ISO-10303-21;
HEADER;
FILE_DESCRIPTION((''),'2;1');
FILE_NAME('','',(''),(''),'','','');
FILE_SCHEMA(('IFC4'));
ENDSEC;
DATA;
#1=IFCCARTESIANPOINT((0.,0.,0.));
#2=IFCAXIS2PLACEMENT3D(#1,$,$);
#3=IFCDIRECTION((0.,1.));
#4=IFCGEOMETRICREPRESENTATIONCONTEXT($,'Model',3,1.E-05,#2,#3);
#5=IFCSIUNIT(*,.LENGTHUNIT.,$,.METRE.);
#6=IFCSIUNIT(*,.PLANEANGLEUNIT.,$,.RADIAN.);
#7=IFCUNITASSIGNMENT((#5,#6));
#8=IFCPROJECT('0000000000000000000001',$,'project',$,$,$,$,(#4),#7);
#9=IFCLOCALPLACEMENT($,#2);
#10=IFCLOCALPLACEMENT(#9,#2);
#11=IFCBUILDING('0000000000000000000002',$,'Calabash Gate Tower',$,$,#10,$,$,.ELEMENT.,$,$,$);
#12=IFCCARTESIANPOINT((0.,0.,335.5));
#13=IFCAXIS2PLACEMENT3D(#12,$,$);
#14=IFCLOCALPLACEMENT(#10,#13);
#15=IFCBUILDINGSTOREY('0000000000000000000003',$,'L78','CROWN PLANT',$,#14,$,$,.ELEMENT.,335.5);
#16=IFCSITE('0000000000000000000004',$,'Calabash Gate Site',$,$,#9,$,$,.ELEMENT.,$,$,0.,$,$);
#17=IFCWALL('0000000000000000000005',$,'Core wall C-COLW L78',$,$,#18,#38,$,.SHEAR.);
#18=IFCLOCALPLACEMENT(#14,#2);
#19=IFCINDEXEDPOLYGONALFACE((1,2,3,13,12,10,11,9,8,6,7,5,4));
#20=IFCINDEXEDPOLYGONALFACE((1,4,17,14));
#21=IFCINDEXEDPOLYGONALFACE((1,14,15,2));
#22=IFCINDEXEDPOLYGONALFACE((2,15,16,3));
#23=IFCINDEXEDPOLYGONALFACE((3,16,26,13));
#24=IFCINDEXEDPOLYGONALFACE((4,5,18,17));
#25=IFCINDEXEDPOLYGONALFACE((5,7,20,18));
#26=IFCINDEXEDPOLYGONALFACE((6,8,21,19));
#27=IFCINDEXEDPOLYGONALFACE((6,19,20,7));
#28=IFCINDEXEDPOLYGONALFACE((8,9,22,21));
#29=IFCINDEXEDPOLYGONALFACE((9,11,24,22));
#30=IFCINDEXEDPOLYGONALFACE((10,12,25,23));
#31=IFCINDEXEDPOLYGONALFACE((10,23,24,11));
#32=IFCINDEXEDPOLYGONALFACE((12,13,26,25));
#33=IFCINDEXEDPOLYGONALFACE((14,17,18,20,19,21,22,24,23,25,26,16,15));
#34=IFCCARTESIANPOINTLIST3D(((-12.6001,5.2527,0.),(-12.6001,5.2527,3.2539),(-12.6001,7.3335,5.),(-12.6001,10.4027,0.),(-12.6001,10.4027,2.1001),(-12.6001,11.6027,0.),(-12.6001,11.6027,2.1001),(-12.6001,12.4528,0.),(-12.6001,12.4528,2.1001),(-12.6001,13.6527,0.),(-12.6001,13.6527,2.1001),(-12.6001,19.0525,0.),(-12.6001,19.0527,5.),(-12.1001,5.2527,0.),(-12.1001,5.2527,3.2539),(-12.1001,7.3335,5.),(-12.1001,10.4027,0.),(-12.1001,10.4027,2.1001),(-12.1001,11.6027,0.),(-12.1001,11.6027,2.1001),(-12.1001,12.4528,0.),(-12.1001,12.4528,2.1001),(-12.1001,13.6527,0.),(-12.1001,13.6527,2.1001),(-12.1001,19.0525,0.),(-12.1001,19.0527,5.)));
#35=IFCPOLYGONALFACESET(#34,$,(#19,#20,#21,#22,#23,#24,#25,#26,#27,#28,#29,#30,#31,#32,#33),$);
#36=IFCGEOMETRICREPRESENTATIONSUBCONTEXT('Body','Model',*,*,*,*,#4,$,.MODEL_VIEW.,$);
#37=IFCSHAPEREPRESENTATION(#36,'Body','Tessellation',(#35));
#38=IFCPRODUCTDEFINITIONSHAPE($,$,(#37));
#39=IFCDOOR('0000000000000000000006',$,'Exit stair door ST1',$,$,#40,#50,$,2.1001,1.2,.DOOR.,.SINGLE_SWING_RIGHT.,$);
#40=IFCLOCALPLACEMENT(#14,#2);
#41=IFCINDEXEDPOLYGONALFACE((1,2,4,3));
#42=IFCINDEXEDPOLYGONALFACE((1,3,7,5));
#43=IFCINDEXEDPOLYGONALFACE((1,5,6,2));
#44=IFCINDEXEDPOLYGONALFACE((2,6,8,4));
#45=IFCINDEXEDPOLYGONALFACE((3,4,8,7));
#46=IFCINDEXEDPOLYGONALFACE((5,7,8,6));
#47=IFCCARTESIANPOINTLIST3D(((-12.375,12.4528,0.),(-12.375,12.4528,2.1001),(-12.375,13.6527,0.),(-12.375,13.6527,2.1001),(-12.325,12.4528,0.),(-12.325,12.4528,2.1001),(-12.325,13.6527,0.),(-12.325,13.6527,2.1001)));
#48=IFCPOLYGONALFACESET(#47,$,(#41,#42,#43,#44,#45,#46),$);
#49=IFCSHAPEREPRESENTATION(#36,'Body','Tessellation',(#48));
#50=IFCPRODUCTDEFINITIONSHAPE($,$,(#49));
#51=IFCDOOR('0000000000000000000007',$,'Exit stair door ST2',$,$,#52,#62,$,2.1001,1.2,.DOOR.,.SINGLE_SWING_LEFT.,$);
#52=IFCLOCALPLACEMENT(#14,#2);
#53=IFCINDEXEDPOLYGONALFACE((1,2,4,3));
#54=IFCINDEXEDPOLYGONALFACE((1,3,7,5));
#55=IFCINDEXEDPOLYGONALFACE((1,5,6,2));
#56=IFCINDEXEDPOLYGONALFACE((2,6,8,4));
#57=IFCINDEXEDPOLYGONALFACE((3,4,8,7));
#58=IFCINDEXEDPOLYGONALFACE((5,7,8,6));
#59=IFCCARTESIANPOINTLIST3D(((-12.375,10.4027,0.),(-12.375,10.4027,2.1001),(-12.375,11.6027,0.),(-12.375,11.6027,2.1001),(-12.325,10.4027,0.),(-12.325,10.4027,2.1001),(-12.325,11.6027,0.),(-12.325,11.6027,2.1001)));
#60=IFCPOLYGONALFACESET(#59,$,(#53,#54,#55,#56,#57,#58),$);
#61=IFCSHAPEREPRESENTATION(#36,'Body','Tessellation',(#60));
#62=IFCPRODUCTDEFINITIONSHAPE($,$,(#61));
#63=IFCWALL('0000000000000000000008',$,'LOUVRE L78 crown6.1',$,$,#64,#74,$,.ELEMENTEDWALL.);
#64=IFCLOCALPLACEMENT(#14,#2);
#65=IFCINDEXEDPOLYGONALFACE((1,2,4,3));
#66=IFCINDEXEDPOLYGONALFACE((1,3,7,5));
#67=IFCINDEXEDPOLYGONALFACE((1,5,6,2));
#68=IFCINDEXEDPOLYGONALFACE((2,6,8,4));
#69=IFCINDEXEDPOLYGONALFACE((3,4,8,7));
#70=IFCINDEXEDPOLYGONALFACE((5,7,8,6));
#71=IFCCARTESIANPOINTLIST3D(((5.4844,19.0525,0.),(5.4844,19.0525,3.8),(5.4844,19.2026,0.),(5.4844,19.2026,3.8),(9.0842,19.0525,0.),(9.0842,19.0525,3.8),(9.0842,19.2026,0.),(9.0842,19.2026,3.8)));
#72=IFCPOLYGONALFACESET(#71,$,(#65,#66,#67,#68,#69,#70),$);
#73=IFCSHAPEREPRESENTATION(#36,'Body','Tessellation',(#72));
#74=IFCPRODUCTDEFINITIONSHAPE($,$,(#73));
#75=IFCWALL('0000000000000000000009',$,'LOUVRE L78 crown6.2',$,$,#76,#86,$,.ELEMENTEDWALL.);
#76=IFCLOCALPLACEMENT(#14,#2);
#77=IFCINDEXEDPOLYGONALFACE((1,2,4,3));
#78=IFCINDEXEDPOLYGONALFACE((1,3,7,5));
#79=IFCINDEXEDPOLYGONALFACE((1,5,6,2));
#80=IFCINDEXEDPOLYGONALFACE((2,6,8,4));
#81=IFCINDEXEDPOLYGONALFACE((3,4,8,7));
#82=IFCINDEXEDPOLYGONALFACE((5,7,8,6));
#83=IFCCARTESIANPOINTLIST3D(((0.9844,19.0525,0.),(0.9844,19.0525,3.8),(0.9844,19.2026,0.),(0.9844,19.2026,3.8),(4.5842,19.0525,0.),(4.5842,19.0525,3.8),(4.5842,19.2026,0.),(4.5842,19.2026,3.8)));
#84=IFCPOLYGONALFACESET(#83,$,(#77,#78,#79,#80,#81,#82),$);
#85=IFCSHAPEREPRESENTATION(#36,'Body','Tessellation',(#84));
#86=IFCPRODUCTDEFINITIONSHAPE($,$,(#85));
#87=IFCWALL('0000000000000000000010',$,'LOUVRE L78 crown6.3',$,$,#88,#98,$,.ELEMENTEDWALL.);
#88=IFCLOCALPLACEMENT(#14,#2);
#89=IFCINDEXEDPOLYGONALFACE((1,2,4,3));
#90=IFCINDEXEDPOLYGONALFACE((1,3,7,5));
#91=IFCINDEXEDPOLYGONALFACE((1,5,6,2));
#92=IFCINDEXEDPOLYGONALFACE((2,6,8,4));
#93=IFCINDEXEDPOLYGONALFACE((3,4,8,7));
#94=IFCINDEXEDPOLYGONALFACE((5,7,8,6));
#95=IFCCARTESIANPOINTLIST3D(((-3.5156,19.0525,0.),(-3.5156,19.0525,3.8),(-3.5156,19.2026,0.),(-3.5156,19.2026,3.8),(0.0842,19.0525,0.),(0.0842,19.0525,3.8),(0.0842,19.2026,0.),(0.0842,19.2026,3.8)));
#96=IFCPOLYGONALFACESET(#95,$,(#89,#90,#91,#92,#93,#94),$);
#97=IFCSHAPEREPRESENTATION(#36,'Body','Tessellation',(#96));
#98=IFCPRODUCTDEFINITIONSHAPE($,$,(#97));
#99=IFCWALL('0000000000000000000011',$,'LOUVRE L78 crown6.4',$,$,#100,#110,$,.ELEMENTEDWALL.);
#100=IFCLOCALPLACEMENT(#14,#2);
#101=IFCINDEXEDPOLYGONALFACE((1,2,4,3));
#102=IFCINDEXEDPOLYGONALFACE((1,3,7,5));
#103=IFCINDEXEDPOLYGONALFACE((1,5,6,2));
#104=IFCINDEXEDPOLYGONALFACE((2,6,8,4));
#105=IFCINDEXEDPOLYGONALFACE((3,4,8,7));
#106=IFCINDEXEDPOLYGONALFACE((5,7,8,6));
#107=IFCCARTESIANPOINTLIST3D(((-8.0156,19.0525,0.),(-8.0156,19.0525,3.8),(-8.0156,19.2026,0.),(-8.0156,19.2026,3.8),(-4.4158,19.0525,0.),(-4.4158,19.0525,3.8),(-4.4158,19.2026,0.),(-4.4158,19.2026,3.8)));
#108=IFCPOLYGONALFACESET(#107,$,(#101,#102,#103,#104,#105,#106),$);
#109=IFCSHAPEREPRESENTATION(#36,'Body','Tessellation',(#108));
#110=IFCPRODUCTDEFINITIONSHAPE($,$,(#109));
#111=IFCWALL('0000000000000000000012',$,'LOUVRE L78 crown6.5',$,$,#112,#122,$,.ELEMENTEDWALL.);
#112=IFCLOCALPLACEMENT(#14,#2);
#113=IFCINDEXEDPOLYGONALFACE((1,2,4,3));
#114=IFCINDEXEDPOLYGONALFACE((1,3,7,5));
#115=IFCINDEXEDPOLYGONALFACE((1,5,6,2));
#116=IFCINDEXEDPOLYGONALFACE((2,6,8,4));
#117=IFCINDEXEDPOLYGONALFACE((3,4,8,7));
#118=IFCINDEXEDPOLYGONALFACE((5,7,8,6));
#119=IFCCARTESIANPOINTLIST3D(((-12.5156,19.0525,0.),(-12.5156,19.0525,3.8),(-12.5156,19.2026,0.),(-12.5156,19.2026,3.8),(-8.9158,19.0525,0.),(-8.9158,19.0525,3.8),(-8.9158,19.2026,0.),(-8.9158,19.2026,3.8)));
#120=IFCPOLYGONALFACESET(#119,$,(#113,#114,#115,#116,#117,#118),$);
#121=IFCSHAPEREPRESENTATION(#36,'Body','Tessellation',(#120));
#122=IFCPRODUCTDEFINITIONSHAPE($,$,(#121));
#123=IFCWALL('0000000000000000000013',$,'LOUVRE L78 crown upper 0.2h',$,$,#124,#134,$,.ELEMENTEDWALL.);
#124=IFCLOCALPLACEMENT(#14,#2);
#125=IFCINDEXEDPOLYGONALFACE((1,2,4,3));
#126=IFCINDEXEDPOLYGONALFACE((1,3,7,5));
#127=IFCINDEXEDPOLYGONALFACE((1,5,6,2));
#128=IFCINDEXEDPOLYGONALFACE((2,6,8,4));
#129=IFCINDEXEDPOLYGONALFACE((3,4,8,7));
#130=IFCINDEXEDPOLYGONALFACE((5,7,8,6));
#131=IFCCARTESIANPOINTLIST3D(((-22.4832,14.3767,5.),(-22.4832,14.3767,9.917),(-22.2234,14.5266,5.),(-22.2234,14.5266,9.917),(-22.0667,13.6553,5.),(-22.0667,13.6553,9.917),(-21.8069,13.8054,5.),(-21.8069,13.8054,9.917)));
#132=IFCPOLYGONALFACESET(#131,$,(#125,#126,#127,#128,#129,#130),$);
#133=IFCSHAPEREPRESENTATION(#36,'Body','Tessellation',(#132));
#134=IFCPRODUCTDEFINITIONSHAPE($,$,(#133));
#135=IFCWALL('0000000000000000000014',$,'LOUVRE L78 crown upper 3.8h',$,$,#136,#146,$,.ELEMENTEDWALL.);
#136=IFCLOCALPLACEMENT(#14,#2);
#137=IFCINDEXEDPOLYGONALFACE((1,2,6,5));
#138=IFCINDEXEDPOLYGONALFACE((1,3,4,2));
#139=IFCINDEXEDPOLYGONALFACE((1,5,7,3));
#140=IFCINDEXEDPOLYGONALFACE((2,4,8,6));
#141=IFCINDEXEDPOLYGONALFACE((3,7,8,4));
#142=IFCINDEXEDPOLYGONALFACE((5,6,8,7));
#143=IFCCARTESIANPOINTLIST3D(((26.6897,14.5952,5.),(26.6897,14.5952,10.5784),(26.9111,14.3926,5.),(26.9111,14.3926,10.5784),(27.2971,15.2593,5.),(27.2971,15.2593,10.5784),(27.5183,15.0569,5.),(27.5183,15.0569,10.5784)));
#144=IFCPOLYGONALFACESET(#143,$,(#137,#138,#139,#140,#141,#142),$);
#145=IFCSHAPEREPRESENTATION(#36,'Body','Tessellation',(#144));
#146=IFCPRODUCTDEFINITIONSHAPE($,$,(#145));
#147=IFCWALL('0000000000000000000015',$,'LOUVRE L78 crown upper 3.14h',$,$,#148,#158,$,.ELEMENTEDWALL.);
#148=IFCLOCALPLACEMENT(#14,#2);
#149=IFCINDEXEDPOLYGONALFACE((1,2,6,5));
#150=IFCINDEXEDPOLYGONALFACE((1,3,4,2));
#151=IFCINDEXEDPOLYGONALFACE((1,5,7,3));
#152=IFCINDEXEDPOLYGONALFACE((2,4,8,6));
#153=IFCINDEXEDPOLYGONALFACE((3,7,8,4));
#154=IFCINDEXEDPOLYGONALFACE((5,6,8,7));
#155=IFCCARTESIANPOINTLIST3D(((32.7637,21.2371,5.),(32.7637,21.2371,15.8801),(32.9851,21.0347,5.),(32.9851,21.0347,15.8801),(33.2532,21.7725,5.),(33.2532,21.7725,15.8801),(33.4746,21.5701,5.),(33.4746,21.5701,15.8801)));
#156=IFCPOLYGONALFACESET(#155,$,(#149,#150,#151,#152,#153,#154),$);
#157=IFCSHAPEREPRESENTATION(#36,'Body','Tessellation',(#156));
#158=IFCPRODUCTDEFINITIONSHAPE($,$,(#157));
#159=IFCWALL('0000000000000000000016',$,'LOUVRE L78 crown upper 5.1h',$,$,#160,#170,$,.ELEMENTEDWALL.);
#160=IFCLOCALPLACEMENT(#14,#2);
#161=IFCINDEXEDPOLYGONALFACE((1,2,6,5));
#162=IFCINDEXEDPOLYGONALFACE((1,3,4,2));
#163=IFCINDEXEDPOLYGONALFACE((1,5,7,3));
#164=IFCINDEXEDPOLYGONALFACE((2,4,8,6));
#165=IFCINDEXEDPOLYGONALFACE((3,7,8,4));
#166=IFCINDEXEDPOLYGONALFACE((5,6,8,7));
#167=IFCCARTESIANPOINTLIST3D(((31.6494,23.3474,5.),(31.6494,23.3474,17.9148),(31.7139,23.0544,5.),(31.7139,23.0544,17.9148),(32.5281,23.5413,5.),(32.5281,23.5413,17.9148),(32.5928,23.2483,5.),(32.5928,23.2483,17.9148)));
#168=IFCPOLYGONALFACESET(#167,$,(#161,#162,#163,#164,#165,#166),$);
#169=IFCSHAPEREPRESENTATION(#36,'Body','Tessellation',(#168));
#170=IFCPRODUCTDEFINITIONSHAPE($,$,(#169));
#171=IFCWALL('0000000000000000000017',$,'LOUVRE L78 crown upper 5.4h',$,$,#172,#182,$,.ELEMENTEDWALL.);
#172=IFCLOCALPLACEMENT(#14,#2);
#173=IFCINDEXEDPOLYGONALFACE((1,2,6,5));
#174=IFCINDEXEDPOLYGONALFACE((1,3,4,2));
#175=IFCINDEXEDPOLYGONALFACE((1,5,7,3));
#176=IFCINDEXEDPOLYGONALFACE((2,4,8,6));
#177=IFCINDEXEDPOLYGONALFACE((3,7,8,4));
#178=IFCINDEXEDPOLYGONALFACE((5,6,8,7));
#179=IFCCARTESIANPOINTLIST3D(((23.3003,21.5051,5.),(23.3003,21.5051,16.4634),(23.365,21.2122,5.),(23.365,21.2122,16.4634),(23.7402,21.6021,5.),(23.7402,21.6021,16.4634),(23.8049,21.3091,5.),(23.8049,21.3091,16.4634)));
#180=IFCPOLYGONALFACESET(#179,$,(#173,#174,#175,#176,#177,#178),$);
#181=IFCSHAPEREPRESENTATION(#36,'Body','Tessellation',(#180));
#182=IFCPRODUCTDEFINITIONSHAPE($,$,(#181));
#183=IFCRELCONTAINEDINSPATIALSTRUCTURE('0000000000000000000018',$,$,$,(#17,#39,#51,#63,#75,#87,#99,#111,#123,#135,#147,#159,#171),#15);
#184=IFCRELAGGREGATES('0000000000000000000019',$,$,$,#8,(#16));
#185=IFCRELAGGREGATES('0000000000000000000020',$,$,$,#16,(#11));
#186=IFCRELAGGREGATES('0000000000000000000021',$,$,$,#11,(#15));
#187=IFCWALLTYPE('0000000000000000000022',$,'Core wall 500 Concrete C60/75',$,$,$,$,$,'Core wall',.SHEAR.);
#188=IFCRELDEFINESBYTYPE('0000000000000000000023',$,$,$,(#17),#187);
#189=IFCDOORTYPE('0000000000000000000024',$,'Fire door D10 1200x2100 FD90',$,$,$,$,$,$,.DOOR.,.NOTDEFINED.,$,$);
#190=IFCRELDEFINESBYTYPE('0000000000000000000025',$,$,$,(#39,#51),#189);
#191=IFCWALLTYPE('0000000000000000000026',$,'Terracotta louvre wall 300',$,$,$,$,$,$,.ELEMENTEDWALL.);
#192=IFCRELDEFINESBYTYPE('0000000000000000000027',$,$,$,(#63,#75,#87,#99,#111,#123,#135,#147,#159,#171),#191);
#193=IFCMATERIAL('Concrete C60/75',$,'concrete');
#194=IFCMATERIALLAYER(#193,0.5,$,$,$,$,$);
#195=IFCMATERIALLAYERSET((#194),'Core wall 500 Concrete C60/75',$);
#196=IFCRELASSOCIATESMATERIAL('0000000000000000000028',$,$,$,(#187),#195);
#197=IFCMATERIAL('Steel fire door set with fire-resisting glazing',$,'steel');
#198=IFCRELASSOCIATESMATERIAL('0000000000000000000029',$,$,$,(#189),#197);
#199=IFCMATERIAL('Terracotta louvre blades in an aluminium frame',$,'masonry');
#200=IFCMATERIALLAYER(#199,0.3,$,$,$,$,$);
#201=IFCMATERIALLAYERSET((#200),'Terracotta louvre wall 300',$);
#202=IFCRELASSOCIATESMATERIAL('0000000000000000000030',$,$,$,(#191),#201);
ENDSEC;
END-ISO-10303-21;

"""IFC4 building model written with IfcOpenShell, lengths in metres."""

from ifc_helpers import new_model, si_unit, direction, frame, frame_2d, origin, place, context, subcontext, project, spatial, polyline, rectangle, outline, extrude, material, layer, layer_set, type_object, element, fill, save


model = new_model("IFC4")

# Units and contexts
model_context = context("Model", 3, precision=1e-05, world=origin(), true_north=direction((0.0, 1.0)))
body_context = subcontext(model_context, "Body", "Model", "MODEL_VIEW")
ifc_project = project(units=[si_unit("LENGTHUNIT", "METRE"), si_unit("PLANEANGLEUNIT", "RADIAN")], contexts=[model_context])

# Site, building, storey
site_placement = place(None, origin())
site = spatial("IfcSite", under=ifc_project, at=site_placement, Name="Calabash Gate Site", CompositionType="ELEMENT", RefElevation=0.0)
building_placement = place(site_placement, origin())
building = spatial("IfcBuilding", under=site, at=building_placement, Name="Calabash Gate Tower", CompositionType="ELEMENT")
storey_placement = place(building_placement, frame((0.0, 0.0, 335.5)))
storey = spatial("IfcBuildingStorey", under=building, at=storey_placement, Name="L78", Description="CROWN PLANT", CompositionType="ELEMENT", Elevation=335.5)

# Wall, openings, doors
ifc_material_1 = material(Name="Concrete C60/75", Category="concrete")
ifc_layer_1 = layer(ifc_material_1, 0.5)
ifc_layer_set_1 = layer_set([ifc_layer_1], Name="Core wall 500 Concrete C60/75")
wall_type_1 = type_object("IfcWallType", Name="Core wall 500 Concrete C60/75", ElementType="Core wall", PredefinedType="SHEAR", material=ifc_layer_set_1)
wall_1_placement = place(storey_placement, frame((-12.3501, 5.2527, 0.0), z_axis=(0.0, 0.0, 1.0), x_axis=(0.0, 1.0, 0.0)))
wall_1 = element("IfcWall", 1, at=wall_1_placement, inside=storey, type_object=wall_type_1, Name="Core wall C-COLW L78", PredefinedType="SHEAR", context=body_context, shape_type="SweptSolid", body=[
    extrude(outline(polyline([(0.0, 0.0), (13.7998, 0.0), (13.8, 5.0), (2.0808, 5.0), (0.0, 3.2539), (0.0, 0.0)])), frame((0.0, 0.25, 0.0), z_axis=(0.0, -1.0, 0.0), x_axis=(1.0, 0.0, 0.0)), (0.0, 0.0, 1.0), 0.5),
])
opening_1_placement = place(wall_1_placement, frame((7.2, 0.0, 0.0)))
opening_1 = element("IfcOpeningElement", 2, at=opening_1_placement, cuts=wall_1, PredefinedType="OPENING", context=body_context, shape_type="SweptSolid", body=[
    extrude(rectangle(XDim=1.2, YDim=2.1001, at=frame_2d((0.6001, 1.05))), frame((0.0, 0.26, 0.0), z_axis=(0.0, -1.0, 0.0), x_axis=(1.0, 0.0, 0.0)), (0.0, 0.0, 1.0), 0.52),
])
opening_2_placement = place(wall_1_placement, frame((5.1499, 0.0, 0.0)))
opening_2 = element("IfcOpeningElement", 3, at=opening_2_placement, cuts=wall_1, PredefinedType="OPENING", context=body_context, shape_type="SweptSolid", body=[
    extrude(rectangle(XDim=1.2, YDim=2.1001, at=frame_2d((0.6001, 1.05))), frame((0.0, 0.26, 0.0), z_axis=(0.0, -1.0, 0.0), x_axis=(1.0, 0.0, 0.0)), (0.0, 0.0, 1.0), 0.52),
])
ifc_material_2 = material(Name="Steel fire door set with fire-resisting glazing", Category="steel")
door_type = type_object("IfcDoorType", Name="Fire door D10 1200x2100 FD90", OperationType="NOTDEFINED", PredefinedType="DOOR", material=ifc_material_2)
door_1_placement = place(opening_1_placement, origin())
door_1 = element("IfcDoor", 4, at=door_1_placement, inside=storey, type_object=door_type, Name="Exit stair door ST1", OperationType="SINGLE_SWING_RIGHT", OverallHeight=2.1001, OverallWidth=1.2, PredefinedType="DOOR", context=body_context, shape_type="SweptSolid", body=[
    extrude(rectangle(XDim=1.2, YDim=2.1001, at=frame_2d((0.6001, 1.05))), frame((0.0, 0.0249, 0.0), z_axis=(0.0, -1.0, 0.0), x_axis=(1.0, 0.0, 0.0)), (0.0, 0.0, 1.0), 0.05),
])
fill(opening_1, door_1)
door_2_placement = place(opening_2_placement, origin())
door_2 = element("IfcDoor", 5, at=door_2_placement, inside=storey, type_object=door_type, Name="Exit stair door ST2", OperationType="SINGLE_SWING_LEFT", OverallHeight=2.1001, OverallWidth=1.2, PredefinedType="DOOR", context=body_context, shape_type="SweptSolid", body=[
    extrude(rectangle(XDim=1.2, YDim=2.1001, at=frame_2d((0.6001, 1.05))), frame((0.0, 0.0249, 0.0), z_axis=(0.0, -1.0, 0.0), x_axis=(1.0, 0.0, 0.0)), (0.0, 0.0, 1.0), 0.05),
])
fill(opening_2, door_2)

# Walls
ifc_material_3 = material(Name="Terracotta louvre blades in an aluminium frame", Category="masonry")
ifc_layer_2 = layer(ifc_material_3, 0.3)
ifc_layer_set_2 = layer_set([ifc_layer_2], Name="Terracotta louvre wall 300")
wall_type_2 = type_object("IfcWallType", Name="Terracotta louvre wall 300", PredefinedType="ELEMENTEDWALL", material=ifc_layer_set_2)
wall_2_placement = place(storey_placement, origin())
element("IfcWall", 6, at=wall_2_placement, inside=storey, type_object=wall_type_2, Name="LOUVRE L78 crown6.1", PredefinedType="ELEMENTEDWALL", context=body_context, shape_type="SweptSolid", body=[
    extrude(outline(polyline([(9.0842, 19.2026), (5.4844, 19.2026), (5.4844, 19.0525), (9.0842, 19.0525), (9.0842, 19.2026)])), origin(), (0.0, 0.0, 1.0), 3.8),
])
wall_3_placement = place(storey_placement, origin())
element("IfcWall", 7, at=wall_3_placement, inside=storey, type_object=wall_type_2, Name="LOUVRE L78 crown6.2", PredefinedType="ELEMENTEDWALL", context=body_context, shape_type="SweptSolid", body=[
    extrude(outline(polyline([(4.5842, 19.2026), (0.9844, 19.2026), (0.9844, 19.0525), (4.5842, 19.0525), (4.5842, 19.2026)])), origin(), (0.0, 0.0, 1.0), 3.8),
])
wall_4_placement = place(storey_placement, origin())
element("IfcWall", 8, at=wall_4_placement, inside=storey, type_object=wall_type_2, Name="LOUVRE L78 crown6.3", PredefinedType="ELEMENTEDWALL", context=body_context, shape_type="SweptSolid", body=[
    extrude(outline(polyline([(0.0842, 19.2026), (-3.5156, 19.2026), (-3.5156, 19.0525), (0.0842, 19.0525), (0.0842, 19.2026)])), origin(), (0.0, 0.0, 1.0), 3.8),
])
wall_5_placement = place(storey_placement, origin())
element("IfcWall", 9, at=wall_5_placement, inside=storey, type_object=wall_type_2, Name="LOUVRE L78 crown6.4", PredefinedType="ELEMENTEDWALL", context=body_context, shape_type="SweptSolid", body=[
    extrude(outline(polyline([(-4.4158, 19.2026), (-8.0156, 19.2026), (-8.0156, 19.0525), (-4.4158, 19.0525), (-4.4158, 19.2026)])), origin(), (0.0, 0.0, 1.0), 3.8),
])
wall_6_placement = place(storey_placement, origin())
element("IfcWall", 10, at=wall_6_placement, inside=storey, type_object=wall_type_2, Name="LOUVRE L78 crown6.5", PredefinedType="ELEMENTEDWALL", context=body_context, shape_type="SweptSolid", body=[
    extrude(outline(polyline([(-8.9158, 19.2026), (-12.5156, 19.2026), (-12.5156, 19.0525), (-8.9158, 19.0525), (-8.9158, 19.2026)])), origin(), (0.0, 0.0, 1.0), 3.8),
])
wall_7_placement = place(storey_placement, frame((0.0, 0.0, 5.0)))
element("IfcWall", 11, at=wall_7_placement, inside=storey, type_object=wall_type_2, Name="LOUVRE L78 crown upper 0.2h", PredefinedType="ELEMENTEDWALL", context=body_context, shape_type="SweptSolid", body=[
    extrude(outline(polyline([(-21.8069, 13.8054), (-22.2234, 14.5266), (-22.4832, 14.3767), (-22.0667, 13.6553), (-21.8069, 13.8054)])), origin(), (0.0, 0.0, 1.0), 4.917),
])
wall_8_placement = place(storey_placement, frame((0.0, 0.0, 5.0)))
element("IfcWall", 12, at=wall_8_placement, inside=storey, type_object=wall_type_2, Name="LOUVRE L78 crown upper 3.8h", PredefinedType="ELEMENTEDWALL", context=body_context, shape_type="SweptSolid", body=[
    extrude(outline(polyline([(26.9111, 14.3926), (27.5183, 15.0569), (27.2971, 15.2593), (26.6897, 14.5952), (26.9111, 14.3926)])), origin(), (0.0, 0.0, 1.0), 5.5784),
])
wall_9_placement = place(storey_placement, frame((0.0, 0.0, 5.0)))
element("IfcWall", 13, at=wall_9_placement, inside=storey, type_object=wall_type_2, Name="LOUVRE L78 crown upper 3.14h", PredefinedType="ELEMENTEDWALL", context=body_context, shape_type="SweptSolid", body=[
    extrude(outline(polyline([(33.4746, 21.5701), (33.2532, 21.7725), (32.7637, 21.2371), (32.9851, 21.0347), (33.4746, 21.5701)])), origin(), (0.0, 0.0, 1.0), 10.8801),
])
wall_10_placement = place(storey_placement, frame((0.0, 0.0, 5.0)))
element("IfcWall", 14, at=wall_10_placement, inside=storey, type_object=wall_type_2, Name="LOUVRE L78 crown upper 5.1h", PredefinedType="ELEMENTEDWALL", context=body_context, shape_type="SweptSolid", body=[
    extrude(outline(polyline([(32.5281, 23.5413), (31.6494, 23.3474), (31.7139, 23.0544), (32.5928, 23.2483), (32.5281, 23.5413)])), origin(), (0.0, 0.0, 1.0), 12.9148),
])
wall_11_placement = place(storey_placement, frame((0.0, 0.0, 5.0)))
element("IfcWall", 15, at=wall_11_placement, inside=storey, type_object=wall_type_2, Name="LOUVRE L78 crown upper 5.4h", PredefinedType="ELEMENTEDWALL", context=body_context, shape_type="SweptSolid", body=[
    extrude(outline(polyline([(23.3003, 21.5051), (23.365, 21.2122), (23.8049, 21.3091), (23.7402, 21.6021), (23.3003, 21.5051)])), origin(), (0.0, 0.0, 1.0), 11.4634),
])

save(model, "model.ifc")
